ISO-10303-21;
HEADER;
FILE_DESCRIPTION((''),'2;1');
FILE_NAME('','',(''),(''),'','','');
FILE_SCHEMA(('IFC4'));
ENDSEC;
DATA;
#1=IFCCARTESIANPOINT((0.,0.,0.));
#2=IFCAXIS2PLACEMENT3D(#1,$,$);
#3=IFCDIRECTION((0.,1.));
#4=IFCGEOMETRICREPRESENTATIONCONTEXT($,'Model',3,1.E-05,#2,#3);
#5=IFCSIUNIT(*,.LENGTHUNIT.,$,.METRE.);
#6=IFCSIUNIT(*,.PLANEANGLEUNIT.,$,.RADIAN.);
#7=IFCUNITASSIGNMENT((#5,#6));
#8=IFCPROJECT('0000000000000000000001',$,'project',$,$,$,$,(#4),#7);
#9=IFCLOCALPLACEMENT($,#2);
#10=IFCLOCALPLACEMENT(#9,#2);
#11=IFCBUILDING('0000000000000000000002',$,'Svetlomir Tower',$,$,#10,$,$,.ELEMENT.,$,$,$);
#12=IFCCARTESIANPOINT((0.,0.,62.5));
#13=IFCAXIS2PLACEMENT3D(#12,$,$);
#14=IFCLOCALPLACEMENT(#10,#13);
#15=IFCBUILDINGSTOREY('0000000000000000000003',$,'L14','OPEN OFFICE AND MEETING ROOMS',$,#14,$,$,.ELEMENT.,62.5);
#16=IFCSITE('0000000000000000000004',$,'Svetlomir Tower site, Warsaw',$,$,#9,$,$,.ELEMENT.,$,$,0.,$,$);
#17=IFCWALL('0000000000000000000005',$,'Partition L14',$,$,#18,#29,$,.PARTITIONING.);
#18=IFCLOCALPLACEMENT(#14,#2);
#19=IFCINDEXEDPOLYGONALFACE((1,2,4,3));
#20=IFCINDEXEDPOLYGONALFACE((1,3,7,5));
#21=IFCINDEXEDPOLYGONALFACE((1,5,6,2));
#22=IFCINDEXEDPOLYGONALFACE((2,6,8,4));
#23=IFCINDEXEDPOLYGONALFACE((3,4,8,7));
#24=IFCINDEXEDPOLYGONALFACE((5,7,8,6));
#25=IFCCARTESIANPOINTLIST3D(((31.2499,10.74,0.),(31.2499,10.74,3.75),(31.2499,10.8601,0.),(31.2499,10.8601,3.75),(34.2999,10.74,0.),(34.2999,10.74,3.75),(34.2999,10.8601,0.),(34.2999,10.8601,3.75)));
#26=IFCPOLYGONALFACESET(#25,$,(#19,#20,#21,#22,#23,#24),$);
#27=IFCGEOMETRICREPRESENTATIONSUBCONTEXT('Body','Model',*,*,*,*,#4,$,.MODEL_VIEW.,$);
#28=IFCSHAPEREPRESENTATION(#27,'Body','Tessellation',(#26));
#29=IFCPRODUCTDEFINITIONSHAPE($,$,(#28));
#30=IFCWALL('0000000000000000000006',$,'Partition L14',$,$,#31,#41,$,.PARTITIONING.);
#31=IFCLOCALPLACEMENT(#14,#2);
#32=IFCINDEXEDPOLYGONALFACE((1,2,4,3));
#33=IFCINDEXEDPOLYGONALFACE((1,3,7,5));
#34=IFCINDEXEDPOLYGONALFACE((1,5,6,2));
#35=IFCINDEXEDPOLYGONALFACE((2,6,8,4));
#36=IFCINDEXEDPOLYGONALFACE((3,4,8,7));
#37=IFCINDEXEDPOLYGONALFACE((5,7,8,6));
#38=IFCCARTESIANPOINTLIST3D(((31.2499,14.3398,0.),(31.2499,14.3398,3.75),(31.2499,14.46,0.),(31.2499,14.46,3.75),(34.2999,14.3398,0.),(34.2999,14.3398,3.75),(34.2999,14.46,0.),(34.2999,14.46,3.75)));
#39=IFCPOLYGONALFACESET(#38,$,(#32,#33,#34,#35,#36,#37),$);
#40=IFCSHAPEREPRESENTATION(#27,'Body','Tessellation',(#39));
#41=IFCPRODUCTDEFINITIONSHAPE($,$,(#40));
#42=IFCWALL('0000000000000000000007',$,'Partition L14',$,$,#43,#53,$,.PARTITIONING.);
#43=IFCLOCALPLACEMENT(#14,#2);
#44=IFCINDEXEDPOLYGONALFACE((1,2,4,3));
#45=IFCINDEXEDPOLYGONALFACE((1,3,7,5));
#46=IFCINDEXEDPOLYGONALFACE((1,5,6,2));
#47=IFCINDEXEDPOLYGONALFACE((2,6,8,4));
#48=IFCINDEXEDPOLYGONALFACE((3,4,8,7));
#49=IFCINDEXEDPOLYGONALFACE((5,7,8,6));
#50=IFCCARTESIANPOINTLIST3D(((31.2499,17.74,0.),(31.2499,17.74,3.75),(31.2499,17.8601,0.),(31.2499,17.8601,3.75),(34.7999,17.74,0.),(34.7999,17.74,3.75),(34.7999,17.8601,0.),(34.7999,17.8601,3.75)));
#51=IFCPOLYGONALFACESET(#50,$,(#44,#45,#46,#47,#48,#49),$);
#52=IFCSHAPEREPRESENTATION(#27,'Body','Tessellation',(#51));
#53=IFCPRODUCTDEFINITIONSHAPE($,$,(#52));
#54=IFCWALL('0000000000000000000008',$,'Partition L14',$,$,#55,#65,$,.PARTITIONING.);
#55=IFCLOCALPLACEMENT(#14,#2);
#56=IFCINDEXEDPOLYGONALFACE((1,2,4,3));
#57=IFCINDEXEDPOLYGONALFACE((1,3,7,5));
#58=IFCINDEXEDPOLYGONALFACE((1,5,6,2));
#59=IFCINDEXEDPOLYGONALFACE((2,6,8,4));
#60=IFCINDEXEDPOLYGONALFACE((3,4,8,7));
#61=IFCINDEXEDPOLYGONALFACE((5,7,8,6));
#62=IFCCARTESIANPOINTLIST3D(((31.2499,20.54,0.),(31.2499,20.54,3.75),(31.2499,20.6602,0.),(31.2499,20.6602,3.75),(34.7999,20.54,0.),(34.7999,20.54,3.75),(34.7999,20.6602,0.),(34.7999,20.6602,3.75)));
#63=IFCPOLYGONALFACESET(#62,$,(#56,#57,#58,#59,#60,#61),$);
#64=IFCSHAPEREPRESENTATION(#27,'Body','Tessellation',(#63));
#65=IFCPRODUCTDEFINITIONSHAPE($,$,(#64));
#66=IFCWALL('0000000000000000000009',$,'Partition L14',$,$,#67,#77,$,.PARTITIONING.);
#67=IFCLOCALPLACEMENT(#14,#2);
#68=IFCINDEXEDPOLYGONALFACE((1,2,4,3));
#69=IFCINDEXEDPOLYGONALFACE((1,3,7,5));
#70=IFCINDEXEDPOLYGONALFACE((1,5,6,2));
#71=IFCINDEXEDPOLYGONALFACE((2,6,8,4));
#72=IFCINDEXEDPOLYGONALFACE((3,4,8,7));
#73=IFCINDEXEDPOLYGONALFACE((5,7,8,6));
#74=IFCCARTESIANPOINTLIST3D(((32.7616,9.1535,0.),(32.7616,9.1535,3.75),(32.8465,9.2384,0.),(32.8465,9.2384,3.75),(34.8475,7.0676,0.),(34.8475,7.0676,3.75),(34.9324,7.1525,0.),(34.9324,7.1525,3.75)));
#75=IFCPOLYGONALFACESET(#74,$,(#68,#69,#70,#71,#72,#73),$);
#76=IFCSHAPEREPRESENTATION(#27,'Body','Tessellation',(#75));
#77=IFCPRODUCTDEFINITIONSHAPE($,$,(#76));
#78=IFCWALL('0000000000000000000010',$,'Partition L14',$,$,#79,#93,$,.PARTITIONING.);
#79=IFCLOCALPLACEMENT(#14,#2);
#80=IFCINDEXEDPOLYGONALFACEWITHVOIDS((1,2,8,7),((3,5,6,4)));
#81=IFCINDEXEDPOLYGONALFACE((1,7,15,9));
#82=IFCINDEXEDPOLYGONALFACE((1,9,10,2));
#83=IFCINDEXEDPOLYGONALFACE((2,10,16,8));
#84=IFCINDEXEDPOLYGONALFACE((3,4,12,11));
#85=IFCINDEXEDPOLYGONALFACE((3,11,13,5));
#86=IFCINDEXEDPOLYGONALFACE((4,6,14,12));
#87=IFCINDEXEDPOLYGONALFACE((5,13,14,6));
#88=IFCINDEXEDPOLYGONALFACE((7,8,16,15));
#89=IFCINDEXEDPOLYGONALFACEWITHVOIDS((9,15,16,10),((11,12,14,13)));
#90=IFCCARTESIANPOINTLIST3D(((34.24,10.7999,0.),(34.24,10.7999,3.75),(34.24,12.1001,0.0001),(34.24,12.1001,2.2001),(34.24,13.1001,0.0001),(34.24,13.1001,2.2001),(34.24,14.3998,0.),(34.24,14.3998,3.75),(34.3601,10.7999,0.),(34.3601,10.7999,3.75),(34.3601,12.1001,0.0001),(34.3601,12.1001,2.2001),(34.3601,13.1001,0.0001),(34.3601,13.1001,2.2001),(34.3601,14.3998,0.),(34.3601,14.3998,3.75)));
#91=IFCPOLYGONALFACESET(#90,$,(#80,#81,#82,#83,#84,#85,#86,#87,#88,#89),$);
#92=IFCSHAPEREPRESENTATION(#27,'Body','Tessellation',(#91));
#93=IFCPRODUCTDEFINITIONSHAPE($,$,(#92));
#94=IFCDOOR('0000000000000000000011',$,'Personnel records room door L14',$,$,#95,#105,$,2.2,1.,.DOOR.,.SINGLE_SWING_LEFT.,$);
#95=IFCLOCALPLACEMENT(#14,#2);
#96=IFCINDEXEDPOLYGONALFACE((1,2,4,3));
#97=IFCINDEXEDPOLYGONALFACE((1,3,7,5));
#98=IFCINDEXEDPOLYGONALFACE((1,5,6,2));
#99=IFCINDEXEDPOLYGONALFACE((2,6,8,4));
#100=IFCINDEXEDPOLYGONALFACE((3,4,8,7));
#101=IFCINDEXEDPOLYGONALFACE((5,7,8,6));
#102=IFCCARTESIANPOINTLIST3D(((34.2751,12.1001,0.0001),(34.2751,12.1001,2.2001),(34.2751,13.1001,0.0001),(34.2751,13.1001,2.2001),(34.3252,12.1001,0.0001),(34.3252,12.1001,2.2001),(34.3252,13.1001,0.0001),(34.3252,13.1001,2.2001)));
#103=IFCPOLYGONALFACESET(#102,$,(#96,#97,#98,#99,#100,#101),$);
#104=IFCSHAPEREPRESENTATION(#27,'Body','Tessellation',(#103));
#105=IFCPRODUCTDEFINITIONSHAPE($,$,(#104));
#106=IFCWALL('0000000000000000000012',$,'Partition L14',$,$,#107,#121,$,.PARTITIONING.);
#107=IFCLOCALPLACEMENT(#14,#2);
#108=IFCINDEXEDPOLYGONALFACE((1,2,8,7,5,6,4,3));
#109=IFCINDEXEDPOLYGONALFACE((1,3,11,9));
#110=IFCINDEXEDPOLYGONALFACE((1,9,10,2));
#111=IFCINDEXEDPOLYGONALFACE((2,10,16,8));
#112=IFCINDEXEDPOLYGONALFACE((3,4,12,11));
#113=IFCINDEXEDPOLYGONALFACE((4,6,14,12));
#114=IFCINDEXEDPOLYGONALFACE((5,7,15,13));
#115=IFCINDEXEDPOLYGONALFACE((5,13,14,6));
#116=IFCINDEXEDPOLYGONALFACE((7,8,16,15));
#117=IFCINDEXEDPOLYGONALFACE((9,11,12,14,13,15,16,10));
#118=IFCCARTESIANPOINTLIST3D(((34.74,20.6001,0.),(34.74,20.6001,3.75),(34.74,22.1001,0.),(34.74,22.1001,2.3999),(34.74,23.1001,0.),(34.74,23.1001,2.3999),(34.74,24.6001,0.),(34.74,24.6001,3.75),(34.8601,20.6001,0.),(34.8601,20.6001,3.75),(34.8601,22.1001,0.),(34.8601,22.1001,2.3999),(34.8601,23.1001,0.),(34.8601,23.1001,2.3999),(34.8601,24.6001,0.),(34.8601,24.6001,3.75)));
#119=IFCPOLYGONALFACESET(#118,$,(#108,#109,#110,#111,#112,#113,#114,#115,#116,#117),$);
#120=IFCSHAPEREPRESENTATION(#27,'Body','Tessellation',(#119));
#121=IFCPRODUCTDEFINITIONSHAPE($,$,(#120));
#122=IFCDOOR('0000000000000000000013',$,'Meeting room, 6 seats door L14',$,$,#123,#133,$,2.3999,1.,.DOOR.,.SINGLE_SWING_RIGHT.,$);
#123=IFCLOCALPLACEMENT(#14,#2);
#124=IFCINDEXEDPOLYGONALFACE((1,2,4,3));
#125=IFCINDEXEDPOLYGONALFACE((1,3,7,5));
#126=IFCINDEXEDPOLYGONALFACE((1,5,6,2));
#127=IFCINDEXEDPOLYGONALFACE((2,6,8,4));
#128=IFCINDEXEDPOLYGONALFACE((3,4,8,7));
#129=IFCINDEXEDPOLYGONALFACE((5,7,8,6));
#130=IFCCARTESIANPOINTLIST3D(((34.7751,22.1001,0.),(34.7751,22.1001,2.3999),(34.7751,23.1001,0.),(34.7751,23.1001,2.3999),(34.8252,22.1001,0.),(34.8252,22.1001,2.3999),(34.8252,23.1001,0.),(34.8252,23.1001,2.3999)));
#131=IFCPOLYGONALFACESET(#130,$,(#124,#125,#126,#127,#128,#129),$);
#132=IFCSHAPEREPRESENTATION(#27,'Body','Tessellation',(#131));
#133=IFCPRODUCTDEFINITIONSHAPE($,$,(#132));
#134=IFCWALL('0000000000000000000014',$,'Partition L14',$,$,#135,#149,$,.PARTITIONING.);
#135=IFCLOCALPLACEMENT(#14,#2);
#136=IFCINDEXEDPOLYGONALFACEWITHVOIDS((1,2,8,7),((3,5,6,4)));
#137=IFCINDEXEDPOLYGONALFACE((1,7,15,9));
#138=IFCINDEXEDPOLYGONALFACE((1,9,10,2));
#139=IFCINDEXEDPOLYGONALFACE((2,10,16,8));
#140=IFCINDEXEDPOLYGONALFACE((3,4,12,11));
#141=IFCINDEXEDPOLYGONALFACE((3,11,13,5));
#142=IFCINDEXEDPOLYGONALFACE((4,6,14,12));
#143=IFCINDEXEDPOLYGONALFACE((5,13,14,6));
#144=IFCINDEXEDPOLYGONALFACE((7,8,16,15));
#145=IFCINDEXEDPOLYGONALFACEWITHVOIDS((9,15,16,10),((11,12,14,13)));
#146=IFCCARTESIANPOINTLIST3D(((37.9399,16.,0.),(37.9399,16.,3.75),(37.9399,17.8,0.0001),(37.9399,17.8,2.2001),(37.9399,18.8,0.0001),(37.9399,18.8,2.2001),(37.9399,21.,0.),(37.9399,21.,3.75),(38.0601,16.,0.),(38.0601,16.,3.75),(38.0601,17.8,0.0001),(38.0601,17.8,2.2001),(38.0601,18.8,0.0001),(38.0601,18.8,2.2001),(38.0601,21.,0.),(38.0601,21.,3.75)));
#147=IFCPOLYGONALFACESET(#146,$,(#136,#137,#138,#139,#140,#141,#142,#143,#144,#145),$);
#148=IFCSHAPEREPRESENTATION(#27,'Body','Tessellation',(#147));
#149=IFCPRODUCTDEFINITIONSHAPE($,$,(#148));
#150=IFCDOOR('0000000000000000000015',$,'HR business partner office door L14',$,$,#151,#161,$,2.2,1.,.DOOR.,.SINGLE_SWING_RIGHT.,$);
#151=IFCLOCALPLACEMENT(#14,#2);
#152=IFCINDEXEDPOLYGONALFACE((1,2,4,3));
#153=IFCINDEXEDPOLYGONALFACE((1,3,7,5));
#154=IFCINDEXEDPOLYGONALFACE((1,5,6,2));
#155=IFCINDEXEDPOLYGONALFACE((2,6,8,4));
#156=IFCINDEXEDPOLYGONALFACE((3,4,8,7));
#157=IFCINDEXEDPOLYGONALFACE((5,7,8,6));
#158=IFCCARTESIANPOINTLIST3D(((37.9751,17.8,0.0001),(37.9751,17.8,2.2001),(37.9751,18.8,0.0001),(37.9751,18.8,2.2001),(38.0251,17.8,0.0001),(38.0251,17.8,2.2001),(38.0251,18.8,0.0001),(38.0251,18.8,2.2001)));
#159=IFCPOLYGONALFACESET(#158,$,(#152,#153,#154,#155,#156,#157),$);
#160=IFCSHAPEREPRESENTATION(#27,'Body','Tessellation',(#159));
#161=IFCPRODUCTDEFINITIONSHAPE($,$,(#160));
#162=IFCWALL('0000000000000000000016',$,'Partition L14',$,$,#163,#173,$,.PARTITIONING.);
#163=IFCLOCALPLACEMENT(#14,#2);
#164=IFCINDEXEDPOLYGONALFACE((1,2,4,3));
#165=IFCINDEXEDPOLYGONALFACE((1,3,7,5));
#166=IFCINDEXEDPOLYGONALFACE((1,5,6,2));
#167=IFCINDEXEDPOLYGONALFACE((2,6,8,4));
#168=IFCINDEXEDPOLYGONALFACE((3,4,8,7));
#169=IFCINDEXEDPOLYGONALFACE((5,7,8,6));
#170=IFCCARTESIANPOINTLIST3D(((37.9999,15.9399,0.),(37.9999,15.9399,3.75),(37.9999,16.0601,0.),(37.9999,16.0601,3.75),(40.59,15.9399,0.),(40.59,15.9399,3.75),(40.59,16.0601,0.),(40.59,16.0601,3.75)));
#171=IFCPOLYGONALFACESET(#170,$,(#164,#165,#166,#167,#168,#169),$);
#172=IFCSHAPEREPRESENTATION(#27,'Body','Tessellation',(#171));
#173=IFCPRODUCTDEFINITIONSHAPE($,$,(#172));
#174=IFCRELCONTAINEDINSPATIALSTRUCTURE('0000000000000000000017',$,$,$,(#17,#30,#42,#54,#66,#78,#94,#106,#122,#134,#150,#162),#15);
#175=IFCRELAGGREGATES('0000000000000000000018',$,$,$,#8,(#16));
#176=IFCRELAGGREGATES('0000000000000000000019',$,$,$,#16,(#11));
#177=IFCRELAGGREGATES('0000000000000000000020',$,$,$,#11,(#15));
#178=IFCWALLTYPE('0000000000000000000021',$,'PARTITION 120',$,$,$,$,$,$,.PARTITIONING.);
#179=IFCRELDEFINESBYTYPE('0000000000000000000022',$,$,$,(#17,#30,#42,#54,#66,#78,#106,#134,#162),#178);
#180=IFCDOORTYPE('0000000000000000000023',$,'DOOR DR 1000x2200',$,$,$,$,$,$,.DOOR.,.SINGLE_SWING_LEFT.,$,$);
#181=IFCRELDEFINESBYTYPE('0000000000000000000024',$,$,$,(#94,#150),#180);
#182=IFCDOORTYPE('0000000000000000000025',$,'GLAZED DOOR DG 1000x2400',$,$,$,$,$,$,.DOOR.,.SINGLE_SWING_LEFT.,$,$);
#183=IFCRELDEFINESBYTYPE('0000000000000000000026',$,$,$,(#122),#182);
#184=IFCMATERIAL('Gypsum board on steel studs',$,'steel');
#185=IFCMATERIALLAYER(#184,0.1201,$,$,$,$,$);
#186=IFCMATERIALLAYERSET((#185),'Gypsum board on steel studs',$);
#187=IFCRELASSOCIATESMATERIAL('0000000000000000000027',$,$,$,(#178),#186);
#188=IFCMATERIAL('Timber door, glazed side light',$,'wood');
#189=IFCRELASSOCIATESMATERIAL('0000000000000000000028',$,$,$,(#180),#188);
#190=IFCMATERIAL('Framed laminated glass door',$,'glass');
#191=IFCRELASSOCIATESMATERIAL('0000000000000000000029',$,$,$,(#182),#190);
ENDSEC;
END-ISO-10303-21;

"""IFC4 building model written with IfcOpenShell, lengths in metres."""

from ifc_helpers import new_model, si_unit, direction, frame, frame_2d, origin, place, context, subcontext, project, spatial, rectangle, extrude, material, layer, layer_set, type_object, element, fill, save


model = new_model("IFC4")

# Units and contexts
model_context = context("Model", 3, precision=1e-05, world=origin(), true_north=direction((0.0, 1.0)))
body_context = subcontext(model_context, "Body", "Model", "MODEL_VIEW")
ifc_project = project(units=[si_unit("LENGTHUNIT", "METRE"), si_unit("PLANEANGLEUNIT", "RADIAN")], contexts=[model_context])

# Site, building, storey
site_placement = place(None, origin())
site = spatial("IfcSite", under=ifc_project, at=site_placement, Name="Svetlomir Tower site, Warsaw", CompositionType="ELEMENT", RefElevation=0.0)
building_placement = place(site_placement, origin())
building = spatial("IfcBuilding", under=site, at=building_placement, Name="Svetlomir Tower", CompositionType="ELEMENT")
storey_placement = place(building_placement, frame((0.0, 0.0, 62.5)))
storey = spatial("IfcBuildingStorey", under=building, at=storey_placement, Name="L14", Description="OPEN OFFICE AND MEETING ROOMS", CompositionType="ELEMENT", Elevation=62.5)

# Walls
ifc_material_1 = material(Name="Gypsum board on steel studs", Category="steel")
ifc_layer_1 = layer(ifc_material_1, 0.1201)
ifc_layer_set_1 = layer_set([ifc_layer_1], Name="Gypsum board on steel studs")
wall_type = type_object("IfcWallType", Name="PARTITION 120", PredefinedType="PARTITIONING", material=ifc_layer_set_1)
for number, where, z_axis, x_axis, name in (
    (1, (31.25, 10.8, 0.0), (0.0, 0.0, 1.0), (1.0, 0.0, 0.0), "Partition L14"),
    (2, (31.25, 14.3999, 0.0), (0.0, 0.0, 1.0), (1.0, 0.0, 0.0), "Partition L14"),
):
    element("IfcWall", number, at=place(storey_placement, frame(where, z_axis=z_axis, x_axis=x_axis)), inside=storey, type_object=wall_type, Name=name, PredefinedType="PARTITIONING", context=body_context, shape_type="SweptSolid", body=[
        extrude(rectangle(XDim=3.05, YDim=0.1201, at=frame_2d((1.5249, 0.0))), origin(), (0.0, 0.0, 1.0), 3.75),
    ])
for number, where, z_axis, x_axis, name in (
    (3, (31.25, 17.8, 0.0), (0.0, 0.0, 1.0), (1.0, 0.0, 0.0), "Partition L14"),
    (4, (31.25, 20.6001, 0.0), (0.0, 0.0, 1.0), (1.0, 0.0, 0.0), "Partition L14"),
):
    element("IfcWall", number, at=place(storey_placement, frame(where, z_axis=z_axis, x_axis=x_axis)), inside=storey, type_object=wall_type, Name=name, PredefinedType="PARTITIONING", context=body_context, shape_type="SweptSolid", body=[
        extrude(rectangle(XDim=3.55, YDim=0.1201, at=frame_2d((1.7749, 0.0))), origin(), (0.0, 0.0, 1.0), 3.75),
    ])
wall_1_placement = place(storey_placement, frame((32.804, 9.196, 0.0), z_axis=(0.0, 0.0, 1.0), x_axis=(0.707107, -0.707107, 0.0)))
element("IfcWall", 5, at=wall_1_placement, inside=storey, type_object=wall_type, Name="Partition L14", PredefinedType="PARTITIONING", context=body_context, shape_type="SweptSolid", body=[
    extrude(rectangle(XDim=2.95, YDim=0.1201, at=frame_2d((1.4751, 0.0))), origin(), (0.0, 0.0, 1.0), 3.75),
])

# Walls, openings, doors
wall_2_placement = place(storey_placement, frame((34.3, 10.8, 0.0), z_axis=(0.0, 0.0, 1.0), x_axis=(0.0, 1.0, 0.0)))
wall_2 = element("IfcWall", 6, at=wall_2_placement, inside=storey, type_object=wall_type, Name="Partition L14", PredefinedType="PARTITIONING", context=body_context, shape_type="SweptSolid", body=[
    extrude(rectangle(XDim=3.5999, YDim=0.1201, at=frame_2d((1.7998, 0.0))), origin(), (0.0, 0.0, 1.0), 3.75),
])
opening_1_placement = place(wall_2_placement, frame((1.3, 0.0, 0.0)))
opening_1 = element("IfcOpeningElement", 7, at=opening_1_placement, cuts=wall_2, PredefinedType="OPENING", context=body_context, shape_type="SweptSolid", body=[
    extrude(rectangle(XDim=1.0, YDim=2.2, at=frame_2d((0.5, 1.1001))), frame((0.0, 0.0701, 0.0), z_axis=(0.0, -1.0, 0.0), x_axis=(1.0, 0.0, 0.0)), (0.0, 0.0, 1.0), 0.1401),
])
ifc_material_2 = material(Name="Timber door, glazed side light", Category="wood")
door_type_1 = type_object("IfcDoorType", Name="DOOR DR 1000x2200", OperationType="SINGLE_SWING_LEFT", PredefinedType="DOOR", material=ifc_material_2)
door_1_placement = place(opening_1_placement, origin())
door_1 = element("IfcDoor", 8, at=door_1_placement, inside=storey, type_object=door_type_1, Name="Personnel records room door L14", OperationType="SINGLE_SWING_LEFT", OverallHeight=2.2, OverallWidth=1.0, PredefinedType="DOOR", context=body_context, shape_type="SweptSolid", body=[
    extrude(rectangle(XDim=1.0, YDim=2.2, at=frame_2d((0.5, 1.1001))), frame((0.0, 0.0249, 0.0), z_axis=(0.0, -1.0, 0.0), x_axis=(1.0, 0.0, 0.0)), (0.0, 0.0, 1.0), 0.05),
])
fill(opening_1, door_1)
wall_3_placement = place(storey_placement, frame((34.8, 20.6001, 0.0), z_axis=(0.0, 0.0, 1.0), x_axis=(0.0, 1.0, 0.0)))
wall_3 = element("IfcWall", 9, at=wall_3_placement, inside=storey, type_object=wall_type, Name="Partition L14", PredefinedType="PARTITIONING", context=body_context, shape_type="SweptSolid", body=[
    extrude(rectangle(XDim=4.0, YDim=0.1201, at=frame_2d((2.0, 0.0))), origin(), (0.0, 0.0, 1.0), 3.75),
])
opening_2_placement = place(wall_3_placement, frame((1.5, 0.0, 0.0)))
opening_2 = element("IfcOpeningElement", 10, at=opening_2_placement, cuts=wall_3, PredefinedType="OPENING", context=body_context, shape_type="SweptSolid", body=[
    extrude(rectangle(XDim=1.0, YDim=2.3999, at=frame_2d((0.5, 1.2))), frame((0.0, 0.0701, 0.0), z_axis=(0.0, -1.0, 0.0), x_axis=(1.0, 0.0, 0.0)), (0.0, 0.0, 1.0), 0.1401),
])
ifc_material_3 = material(Name="Framed laminated glass door", Category="glass")
door_type_2 = type_object("IfcDoorType", Name="GLAZED DOOR DG 1000x2400", OperationType="SINGLE_SWING_LEFT", PredefinedType="DOOR", material=ifc_material_3)
door_2_placement = place(opening_2_placement, origin())
door_2 = element("IfcDoor", 11, at=door_2_placement, inside=storey, type_object=door_type_2, Name="Meeting room, 6 seats door L14", OperationType="SINGLE_SWING_RIGHT", OverallHeight=2.3999, OverallWidth=1.0, PredefinedType="DOOR", context=body_context, shape_type="SweptSolid", body=[
    extrude(rectangle(XDim=1.0, YDim=2.3999, at=frame_2d((0.5, 1.2))), frame((0.0, 0.0249, 0.0), z_axis=(0.0, -1.0, 0.0), x_axis=(1.0, 0.0, 0.0)), (0.0, 0.0, 1.0), 0.05),
])
fill(opening_2, door_2)
wall_4_placement = place(storey_placement, frame((38.0, 16.0, 0.0), z_axis=(0.0, 0.0, 1.0), x_axis=(0.0, 1.0, 0.0)))
wall_4 = element("IfcWall", 12, at=wall_4_placement, inside=storey, type_object=wall_type, Name="Partition L14", PredefinedType="PARTITIONING", context=body_context, shape_type="SweptSolid", body=[
    extrude(rectangle(XDim=5.0, YDim=0.1201, at=frame_2d((2.5, 0.0))), origin(), (0.0, 0.0, 1.0), 3.75),
])
opening_3_placement = place(wall_4_placement, frame((1.8, 0.0, 0.0)))
opening_3 = element("IfcOpeningElement", 13, at=opening_3_placement, cuts=wall_4, PredefinedType="OPENING", context=body_context, shape_type="SweptSolid", body=[
    extrude(rectangle(XDim=1.0, YDim=2.2, at=frame_2d((0.5, 1.1001))), frame((0.0, 0.0701, 0.0), z_axis=(0.0, -1.0, 0.0), x_axis=(1.0, 0.0, 0.0)), (0.0, 0.0, 1.0), 0.1401),
])
door_3_placement = place(opening_3_placement, origin())
door_3 = element("IfcDoor", 14, at=door_3_placement, inside=storey, type_object=door_type_1, Name="HR business partner office door L14", OperationType="SINGLE_SWING_RIGHT", OverallHeight=2.2, OverallWidth=1.0, PredefinedType="DOOR", context=body_context, shape_type="SweptSolid", body=[
    extrude(rectangle(XDim=1.0, YDim=2.2, at=frame_2d((0.5, 1.1001))), frame((0.0, 0.0249, 0.0), z_axis=(0.0, -1.0, 0.0), x_axis=(1.0, 0.0, 0.0)), (0.0, 0.0, 1.0), 0.05),
])
fill(opening_3, door_3)

# Wall
wall_5_placement = place(storey_placement, frame((38.0, 16.0, 0.0), z_axis=(0.0, 0.0, 1.0), x_axis=(1.0, 0.0, 0.0)))
element("IfcWall", 15, at=wall_5_placement, inside=storey, type_object=wall_type, Name="Partition L14", PredefinedType="PARTITIONING", context=body_context, shape_type="SweptSolid", body=[
    extrude(rectangle(XDim=2.5901, YDim=0.1201, at=frame_2d((1.2949, 0.0))), origin(), (0.0, 0.0, 1.0), 3.75),
])

save(model, "model.ifc")
